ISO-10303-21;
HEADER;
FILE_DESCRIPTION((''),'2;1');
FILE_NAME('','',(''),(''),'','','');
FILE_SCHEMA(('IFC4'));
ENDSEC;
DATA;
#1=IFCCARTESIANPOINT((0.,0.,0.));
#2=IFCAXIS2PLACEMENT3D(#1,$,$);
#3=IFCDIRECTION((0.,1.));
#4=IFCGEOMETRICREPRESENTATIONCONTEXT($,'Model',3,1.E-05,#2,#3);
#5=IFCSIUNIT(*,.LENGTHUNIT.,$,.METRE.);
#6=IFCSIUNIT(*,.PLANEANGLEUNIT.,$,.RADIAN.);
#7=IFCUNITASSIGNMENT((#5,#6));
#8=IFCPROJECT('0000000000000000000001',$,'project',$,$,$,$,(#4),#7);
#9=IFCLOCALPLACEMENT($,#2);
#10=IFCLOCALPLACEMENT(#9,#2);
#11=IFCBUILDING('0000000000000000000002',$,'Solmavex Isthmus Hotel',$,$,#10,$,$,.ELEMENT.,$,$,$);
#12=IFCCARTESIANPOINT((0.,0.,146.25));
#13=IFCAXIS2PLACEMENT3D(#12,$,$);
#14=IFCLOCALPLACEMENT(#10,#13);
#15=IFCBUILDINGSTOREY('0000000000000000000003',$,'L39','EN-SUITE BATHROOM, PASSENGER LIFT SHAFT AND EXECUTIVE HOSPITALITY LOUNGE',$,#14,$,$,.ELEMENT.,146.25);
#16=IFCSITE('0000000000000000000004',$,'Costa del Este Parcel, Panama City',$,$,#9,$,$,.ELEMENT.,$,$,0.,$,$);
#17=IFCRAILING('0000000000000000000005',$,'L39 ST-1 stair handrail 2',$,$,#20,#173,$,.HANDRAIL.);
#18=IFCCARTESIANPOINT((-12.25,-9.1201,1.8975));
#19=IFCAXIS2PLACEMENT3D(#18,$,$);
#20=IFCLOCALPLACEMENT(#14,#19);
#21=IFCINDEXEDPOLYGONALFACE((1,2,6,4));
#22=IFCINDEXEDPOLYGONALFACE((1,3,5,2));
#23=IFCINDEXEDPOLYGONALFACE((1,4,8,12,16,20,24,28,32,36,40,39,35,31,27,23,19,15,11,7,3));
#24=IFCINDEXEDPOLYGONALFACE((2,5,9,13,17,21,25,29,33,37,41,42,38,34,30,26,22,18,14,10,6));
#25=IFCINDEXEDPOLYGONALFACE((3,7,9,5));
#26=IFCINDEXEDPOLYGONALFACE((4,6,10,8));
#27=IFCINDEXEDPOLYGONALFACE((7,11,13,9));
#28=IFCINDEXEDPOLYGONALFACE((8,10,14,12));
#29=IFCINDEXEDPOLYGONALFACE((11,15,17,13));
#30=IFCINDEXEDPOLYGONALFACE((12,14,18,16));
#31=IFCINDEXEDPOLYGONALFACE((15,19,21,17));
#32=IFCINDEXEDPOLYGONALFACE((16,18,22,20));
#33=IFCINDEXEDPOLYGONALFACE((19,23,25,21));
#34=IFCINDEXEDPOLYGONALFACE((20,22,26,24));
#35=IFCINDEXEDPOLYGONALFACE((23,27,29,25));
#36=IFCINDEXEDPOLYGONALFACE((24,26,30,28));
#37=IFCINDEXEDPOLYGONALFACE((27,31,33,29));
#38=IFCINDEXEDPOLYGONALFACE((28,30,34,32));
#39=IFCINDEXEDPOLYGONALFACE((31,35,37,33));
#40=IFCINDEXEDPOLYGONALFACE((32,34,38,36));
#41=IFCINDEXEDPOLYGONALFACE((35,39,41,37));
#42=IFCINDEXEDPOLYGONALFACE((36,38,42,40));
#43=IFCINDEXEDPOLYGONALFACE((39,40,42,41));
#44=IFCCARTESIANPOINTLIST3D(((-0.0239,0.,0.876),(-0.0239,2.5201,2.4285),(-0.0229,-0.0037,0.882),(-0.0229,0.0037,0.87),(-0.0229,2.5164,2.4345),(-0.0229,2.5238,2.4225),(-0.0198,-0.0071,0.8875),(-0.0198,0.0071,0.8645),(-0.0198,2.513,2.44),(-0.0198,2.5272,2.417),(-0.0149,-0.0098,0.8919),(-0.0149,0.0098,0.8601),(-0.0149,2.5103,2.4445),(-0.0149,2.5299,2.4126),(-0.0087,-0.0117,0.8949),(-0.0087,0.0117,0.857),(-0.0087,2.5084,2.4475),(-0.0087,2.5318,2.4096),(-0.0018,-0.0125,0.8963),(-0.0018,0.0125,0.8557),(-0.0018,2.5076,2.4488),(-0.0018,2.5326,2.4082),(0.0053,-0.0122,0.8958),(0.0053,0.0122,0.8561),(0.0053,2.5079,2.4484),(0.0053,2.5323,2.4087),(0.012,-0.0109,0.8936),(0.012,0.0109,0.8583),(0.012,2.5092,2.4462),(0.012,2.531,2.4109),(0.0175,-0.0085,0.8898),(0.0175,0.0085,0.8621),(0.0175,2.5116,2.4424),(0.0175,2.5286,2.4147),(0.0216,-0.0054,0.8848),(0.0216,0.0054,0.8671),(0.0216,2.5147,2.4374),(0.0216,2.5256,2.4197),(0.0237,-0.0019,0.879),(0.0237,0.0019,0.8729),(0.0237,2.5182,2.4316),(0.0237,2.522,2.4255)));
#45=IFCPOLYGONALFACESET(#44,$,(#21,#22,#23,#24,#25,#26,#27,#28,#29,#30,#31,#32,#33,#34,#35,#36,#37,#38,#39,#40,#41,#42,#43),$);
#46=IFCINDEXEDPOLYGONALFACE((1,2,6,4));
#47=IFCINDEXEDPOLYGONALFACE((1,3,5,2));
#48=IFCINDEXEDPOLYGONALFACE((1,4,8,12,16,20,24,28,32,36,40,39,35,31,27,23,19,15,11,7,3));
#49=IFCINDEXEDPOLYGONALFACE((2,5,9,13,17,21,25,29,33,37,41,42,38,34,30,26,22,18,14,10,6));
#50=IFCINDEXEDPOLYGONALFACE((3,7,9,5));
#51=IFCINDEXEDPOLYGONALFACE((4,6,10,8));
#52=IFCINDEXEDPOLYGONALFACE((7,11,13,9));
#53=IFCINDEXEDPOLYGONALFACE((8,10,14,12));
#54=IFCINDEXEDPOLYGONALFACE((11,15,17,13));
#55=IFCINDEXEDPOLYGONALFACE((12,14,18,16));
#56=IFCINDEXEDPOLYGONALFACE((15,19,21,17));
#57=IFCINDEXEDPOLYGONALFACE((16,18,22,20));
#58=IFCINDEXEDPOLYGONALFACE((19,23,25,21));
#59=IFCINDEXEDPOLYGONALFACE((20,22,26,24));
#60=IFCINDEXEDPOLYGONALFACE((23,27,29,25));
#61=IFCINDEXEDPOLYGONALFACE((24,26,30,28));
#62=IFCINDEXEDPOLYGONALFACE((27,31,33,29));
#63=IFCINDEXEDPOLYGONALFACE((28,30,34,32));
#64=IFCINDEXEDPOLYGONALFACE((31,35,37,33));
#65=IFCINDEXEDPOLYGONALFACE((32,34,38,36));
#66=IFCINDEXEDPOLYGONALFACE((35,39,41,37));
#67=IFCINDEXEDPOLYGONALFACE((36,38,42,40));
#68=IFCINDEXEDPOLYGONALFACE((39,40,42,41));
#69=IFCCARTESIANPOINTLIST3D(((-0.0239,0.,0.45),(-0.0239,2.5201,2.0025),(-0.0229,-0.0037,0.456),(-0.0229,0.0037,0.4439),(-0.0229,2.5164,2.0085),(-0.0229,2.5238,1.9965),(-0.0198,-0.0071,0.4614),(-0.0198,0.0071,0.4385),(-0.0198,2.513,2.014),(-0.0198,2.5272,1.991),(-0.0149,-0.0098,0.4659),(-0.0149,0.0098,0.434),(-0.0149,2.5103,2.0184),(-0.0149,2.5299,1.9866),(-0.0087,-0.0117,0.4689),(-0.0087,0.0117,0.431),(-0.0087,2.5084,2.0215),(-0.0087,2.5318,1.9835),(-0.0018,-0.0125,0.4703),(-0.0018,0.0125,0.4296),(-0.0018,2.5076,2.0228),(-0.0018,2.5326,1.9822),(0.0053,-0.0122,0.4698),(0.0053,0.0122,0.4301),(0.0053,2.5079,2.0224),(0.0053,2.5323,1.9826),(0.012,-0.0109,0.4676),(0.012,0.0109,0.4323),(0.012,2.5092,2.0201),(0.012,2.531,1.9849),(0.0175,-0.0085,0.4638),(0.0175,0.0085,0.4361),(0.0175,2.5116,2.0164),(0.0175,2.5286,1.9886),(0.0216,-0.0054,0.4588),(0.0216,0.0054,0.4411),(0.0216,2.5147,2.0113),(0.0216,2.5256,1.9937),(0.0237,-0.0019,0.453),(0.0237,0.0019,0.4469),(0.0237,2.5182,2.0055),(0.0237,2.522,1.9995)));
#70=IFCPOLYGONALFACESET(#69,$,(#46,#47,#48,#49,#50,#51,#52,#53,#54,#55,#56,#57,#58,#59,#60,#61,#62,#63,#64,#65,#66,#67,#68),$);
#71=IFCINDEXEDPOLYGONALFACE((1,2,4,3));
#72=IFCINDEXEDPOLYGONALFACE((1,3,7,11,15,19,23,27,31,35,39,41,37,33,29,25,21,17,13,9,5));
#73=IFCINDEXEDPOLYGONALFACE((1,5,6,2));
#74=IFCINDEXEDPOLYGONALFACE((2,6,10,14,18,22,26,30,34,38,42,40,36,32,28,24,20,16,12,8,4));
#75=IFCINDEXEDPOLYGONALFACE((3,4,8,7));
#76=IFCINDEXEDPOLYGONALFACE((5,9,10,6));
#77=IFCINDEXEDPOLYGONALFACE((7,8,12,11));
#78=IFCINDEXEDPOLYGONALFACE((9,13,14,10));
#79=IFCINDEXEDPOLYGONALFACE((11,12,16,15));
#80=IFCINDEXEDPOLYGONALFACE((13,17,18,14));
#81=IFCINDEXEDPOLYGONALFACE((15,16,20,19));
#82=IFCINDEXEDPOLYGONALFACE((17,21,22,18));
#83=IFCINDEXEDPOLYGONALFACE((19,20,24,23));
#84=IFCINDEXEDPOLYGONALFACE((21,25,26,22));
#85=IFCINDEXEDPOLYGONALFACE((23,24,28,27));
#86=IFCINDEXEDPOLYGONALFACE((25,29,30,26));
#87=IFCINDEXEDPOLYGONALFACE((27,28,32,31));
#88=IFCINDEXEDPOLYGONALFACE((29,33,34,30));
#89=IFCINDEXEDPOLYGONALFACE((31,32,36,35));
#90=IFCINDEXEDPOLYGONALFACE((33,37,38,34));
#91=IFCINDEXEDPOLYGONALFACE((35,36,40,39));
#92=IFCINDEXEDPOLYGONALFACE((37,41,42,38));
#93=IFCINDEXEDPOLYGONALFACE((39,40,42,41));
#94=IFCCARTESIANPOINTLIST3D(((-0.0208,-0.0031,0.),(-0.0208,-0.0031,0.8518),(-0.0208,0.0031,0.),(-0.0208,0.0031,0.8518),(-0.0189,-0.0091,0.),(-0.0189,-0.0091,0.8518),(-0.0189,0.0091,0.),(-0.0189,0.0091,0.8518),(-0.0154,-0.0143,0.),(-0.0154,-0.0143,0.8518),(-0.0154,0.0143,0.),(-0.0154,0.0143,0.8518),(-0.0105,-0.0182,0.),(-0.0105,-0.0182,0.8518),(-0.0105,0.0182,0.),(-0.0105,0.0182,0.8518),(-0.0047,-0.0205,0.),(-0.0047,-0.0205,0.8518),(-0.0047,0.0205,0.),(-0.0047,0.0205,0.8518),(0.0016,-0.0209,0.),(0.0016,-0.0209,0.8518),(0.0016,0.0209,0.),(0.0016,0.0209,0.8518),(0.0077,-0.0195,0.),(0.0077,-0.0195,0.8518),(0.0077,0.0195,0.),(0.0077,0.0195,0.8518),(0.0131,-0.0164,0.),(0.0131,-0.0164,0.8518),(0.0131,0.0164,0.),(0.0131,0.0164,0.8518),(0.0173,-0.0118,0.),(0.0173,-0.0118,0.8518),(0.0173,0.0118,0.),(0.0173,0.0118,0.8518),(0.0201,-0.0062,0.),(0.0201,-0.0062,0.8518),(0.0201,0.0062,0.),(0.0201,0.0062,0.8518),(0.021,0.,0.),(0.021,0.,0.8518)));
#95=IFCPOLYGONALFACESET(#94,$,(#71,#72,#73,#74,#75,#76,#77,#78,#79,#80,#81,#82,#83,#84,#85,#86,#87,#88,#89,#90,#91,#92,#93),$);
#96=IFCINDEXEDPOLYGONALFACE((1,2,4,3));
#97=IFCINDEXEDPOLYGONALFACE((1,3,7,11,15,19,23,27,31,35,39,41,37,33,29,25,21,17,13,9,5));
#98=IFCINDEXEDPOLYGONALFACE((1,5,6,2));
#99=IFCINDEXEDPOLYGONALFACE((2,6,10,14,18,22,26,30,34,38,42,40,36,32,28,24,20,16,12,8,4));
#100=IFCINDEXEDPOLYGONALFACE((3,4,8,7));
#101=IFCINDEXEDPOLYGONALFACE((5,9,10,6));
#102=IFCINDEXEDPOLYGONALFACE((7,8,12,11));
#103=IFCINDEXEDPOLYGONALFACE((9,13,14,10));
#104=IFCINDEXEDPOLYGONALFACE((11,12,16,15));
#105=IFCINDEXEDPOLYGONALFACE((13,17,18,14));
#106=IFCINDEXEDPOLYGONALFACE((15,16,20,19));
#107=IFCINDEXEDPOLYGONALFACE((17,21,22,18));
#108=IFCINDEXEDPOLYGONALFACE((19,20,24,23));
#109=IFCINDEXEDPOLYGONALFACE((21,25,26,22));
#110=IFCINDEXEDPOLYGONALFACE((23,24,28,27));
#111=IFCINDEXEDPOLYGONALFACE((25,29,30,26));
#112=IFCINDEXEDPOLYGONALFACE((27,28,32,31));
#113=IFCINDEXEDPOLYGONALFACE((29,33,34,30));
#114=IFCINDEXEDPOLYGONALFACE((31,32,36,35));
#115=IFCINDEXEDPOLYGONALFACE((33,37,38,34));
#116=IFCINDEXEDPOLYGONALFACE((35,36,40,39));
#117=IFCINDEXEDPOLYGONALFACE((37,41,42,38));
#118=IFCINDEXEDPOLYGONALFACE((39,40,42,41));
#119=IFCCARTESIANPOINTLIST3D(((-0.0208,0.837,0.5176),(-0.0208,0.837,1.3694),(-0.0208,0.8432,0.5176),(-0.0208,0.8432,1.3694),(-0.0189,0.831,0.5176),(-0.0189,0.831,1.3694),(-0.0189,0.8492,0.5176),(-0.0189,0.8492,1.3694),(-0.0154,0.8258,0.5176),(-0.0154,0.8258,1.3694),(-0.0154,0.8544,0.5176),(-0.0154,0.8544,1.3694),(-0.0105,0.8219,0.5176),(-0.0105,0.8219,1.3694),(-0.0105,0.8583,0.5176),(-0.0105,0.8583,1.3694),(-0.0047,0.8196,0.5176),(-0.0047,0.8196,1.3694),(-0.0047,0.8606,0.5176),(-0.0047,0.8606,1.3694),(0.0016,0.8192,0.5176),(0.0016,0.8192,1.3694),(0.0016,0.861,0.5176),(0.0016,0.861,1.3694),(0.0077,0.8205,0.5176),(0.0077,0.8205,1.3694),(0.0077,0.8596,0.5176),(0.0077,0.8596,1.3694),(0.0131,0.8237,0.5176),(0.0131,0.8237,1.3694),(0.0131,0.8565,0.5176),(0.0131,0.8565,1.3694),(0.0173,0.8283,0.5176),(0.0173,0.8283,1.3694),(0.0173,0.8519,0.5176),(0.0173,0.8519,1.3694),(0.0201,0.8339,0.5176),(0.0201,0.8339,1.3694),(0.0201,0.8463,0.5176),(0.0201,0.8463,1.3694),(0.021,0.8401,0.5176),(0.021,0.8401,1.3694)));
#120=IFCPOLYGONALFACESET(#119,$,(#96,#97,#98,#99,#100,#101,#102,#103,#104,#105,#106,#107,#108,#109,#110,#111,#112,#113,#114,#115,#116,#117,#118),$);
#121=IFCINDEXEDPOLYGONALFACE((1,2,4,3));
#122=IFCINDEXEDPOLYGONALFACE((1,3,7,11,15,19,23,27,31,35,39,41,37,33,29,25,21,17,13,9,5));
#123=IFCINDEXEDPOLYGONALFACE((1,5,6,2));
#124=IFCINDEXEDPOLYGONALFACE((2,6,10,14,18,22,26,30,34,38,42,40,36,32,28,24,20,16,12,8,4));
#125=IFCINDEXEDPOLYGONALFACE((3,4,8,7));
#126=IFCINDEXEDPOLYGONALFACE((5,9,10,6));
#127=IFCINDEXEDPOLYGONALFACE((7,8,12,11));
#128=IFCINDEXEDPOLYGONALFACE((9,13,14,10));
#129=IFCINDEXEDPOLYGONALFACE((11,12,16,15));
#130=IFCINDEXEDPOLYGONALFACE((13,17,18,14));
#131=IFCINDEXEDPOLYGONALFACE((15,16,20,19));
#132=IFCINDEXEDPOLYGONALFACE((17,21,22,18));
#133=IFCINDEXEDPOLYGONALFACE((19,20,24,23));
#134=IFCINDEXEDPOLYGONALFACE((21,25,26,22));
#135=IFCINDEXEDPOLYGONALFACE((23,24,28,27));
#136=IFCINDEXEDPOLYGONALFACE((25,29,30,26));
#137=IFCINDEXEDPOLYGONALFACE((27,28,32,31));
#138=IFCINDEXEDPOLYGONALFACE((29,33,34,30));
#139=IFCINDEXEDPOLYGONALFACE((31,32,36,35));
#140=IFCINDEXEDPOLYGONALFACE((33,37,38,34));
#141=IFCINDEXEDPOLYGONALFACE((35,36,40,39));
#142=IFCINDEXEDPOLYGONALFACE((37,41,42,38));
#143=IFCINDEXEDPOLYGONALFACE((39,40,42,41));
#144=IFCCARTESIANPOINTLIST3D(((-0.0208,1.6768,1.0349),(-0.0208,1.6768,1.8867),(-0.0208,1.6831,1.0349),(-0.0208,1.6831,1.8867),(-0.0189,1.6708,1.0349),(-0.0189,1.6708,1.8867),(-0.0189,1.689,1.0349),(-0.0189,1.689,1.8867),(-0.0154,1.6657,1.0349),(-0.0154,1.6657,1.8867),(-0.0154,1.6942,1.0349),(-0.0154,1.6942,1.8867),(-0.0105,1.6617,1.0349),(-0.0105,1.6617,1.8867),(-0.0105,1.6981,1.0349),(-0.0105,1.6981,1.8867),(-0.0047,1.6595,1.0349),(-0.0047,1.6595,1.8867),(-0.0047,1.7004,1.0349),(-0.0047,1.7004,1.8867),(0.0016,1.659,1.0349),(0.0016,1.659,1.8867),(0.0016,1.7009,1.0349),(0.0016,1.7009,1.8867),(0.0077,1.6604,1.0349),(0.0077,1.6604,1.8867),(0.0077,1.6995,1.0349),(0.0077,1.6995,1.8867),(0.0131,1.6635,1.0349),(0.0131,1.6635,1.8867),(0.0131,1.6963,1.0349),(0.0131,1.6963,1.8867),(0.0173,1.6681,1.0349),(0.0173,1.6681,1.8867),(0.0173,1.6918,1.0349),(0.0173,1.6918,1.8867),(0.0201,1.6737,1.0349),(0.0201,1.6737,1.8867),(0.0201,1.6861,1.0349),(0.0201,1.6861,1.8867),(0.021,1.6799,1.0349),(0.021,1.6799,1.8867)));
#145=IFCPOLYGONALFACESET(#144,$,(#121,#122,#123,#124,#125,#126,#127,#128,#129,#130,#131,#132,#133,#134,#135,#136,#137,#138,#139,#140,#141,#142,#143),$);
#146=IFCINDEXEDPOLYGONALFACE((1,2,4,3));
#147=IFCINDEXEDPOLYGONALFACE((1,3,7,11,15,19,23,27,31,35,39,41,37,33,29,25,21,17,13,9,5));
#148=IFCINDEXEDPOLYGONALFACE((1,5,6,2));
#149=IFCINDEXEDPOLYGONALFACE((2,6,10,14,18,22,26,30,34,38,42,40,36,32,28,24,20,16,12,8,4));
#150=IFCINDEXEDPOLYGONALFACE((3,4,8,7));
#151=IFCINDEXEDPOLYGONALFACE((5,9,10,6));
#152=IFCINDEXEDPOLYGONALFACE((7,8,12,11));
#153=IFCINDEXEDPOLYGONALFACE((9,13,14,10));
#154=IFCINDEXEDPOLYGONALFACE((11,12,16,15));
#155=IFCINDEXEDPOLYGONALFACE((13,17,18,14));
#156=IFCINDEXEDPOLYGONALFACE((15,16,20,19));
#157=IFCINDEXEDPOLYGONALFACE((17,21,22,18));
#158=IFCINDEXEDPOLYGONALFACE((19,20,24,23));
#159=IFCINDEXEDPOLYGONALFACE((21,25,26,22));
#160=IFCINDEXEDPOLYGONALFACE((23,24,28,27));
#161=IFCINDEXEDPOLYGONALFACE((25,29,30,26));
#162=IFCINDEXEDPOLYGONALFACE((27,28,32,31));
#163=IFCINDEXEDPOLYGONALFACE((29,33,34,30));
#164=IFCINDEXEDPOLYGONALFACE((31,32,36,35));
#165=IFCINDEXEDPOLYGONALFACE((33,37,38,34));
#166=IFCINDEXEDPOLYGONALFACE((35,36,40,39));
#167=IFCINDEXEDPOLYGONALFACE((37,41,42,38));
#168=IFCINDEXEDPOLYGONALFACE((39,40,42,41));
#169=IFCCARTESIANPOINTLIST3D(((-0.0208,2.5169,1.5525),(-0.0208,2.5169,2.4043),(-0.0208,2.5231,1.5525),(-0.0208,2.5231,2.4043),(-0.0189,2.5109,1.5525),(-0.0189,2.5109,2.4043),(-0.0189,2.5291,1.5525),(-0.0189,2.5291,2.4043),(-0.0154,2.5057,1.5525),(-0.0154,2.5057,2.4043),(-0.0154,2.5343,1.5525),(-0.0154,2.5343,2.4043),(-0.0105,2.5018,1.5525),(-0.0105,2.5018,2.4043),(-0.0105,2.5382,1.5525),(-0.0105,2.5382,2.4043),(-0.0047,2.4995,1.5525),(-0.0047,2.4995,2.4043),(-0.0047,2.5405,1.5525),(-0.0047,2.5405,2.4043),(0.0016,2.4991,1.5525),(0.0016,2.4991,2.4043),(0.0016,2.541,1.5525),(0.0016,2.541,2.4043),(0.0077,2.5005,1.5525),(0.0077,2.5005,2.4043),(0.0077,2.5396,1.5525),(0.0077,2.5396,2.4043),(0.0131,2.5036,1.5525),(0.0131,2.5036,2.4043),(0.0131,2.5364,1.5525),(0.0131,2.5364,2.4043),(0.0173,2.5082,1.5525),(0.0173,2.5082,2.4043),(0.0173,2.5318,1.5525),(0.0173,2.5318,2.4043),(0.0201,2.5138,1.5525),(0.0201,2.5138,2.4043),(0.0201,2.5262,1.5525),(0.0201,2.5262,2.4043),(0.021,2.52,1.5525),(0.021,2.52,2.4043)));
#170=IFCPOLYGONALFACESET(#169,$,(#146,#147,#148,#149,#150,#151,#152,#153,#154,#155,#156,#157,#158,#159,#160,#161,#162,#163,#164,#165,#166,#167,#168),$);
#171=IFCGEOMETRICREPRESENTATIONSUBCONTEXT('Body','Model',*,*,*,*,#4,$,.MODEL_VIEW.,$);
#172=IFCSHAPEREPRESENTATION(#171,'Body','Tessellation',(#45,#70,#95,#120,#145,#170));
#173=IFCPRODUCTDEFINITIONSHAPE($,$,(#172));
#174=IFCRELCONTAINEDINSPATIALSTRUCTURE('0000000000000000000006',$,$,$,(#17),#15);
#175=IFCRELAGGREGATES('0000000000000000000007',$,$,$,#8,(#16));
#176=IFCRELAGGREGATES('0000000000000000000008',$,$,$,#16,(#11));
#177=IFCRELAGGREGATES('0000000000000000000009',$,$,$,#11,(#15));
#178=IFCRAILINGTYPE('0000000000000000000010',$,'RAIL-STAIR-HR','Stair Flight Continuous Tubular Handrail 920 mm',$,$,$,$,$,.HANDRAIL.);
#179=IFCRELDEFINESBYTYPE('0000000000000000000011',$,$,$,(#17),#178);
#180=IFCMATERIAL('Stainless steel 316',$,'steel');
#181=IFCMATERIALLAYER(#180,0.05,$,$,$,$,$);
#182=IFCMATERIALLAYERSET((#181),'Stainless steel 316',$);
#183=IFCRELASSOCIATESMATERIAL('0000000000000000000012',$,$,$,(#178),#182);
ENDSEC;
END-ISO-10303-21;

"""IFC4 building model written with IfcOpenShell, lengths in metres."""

from ifc_helpers import new_model, si_unit, direction, frame, origin, origin_2d, place, context, subcontext, project, spatial, circle, extrude, material, layer, layer_set, type_object, element, save


model = new_model("IFC4")

# Units and contexts
model_context = context("Model", 3, precision=1e-05, world=origin(), true_north=direction((0.0, 1.0)))
body_context = subcontext(model_context, "Body", "Model", "MODEL_VIEW")
ifc_project = project(units=[si_unit("LENGTHUNIT", "METRE"), si_unit("PLANEANGLEUNIT", "RADIAN")], contexts=[model_context])

# Site, building, storey
site_placement = place(None, origin())
site = spatial("IfcSite", under=ifc_project, at=site_placement, Name="Costa del Este Parcel, Panama City", CompositionType="ELEMENT", RefElevation=0.0)
building_placement = place(site_placement, origin())
building = spatial("IfcBuilding", under=site, at=building_placement, Name="Solmavex Isthmus Hotel", CompositionType="ELEMENT")
storey_placement = place(building_placement, frame((0.0, 0.0, 146.25)))
storey = spatial("IfcBuildingStorey", under=building, at=storey_placement, Name="L39", Description="EN-SUITE BATHROOM, PASSENGER LIFT SHAFT AND EXECUTIVE HOSPITALITY LOUNGE", CompositionType="ELEMENT", Elevation=146.25)

# Railing
ifc_material_1 = material(Name="Stainless steel 316", Category="steel")
ifc_layer_1 = layer(ifc_material_1, 0.05)
ifc_layer_set_1 = layer_set([ifc_layer_1], Name="Stainless steel 316")
railing_type_1 = type_object("IfcRailingType", Name="RAIL-STAIR-HR", Description="Stair Flight Continuous Tubular Handrail 920 mm", PredefinedType="HANDRAIL", material=ifc_layer_set_1)
railing_1_placement = place(storey_placement, frame((-12.25, -9.1201, 1.8975)))
element("IfcRailing", 1, at=railing_1_placement, inside=storey, type_object=railing_type_1, Name="L39 ST-1 stair handrail 2", PredefinedType="HANDRAIL", context=body_context, shape_type="SweptSolid", body=[
    extrude(circle(Radius=0.0239, at=origin_2d()), frame((0.0, 0.0, 0.876), z_axis=(0.0, 0.8514, 0.524516), x_axis=(-1.0, 0.0, 0.0)), (0.0, 0.0, 1.0), 2.96),
    extrude(circle(Radius=0.0239, at=origin_2d()), frame((0.0, 0.0, 0.45), z_axis=(0.0, 0.8514, 0.524516), x_axis=(-1.0, 0.0, 0.0)), (0.0, 0.0, 1.0), 2.96),
    extrude(circle(Radius=0.021, at=origin_2d()), origin(), (0.0, 0.0, 1.0), 0.8518),
    extrude(circle(Radius=0.021, at=origin_2d()), frame((0.0, 0.8401, 0.5176)), (0.0, 0.0, 1.0), 0.8518),
    extrude(circle(Radius=0.021, at=origin_2d()), frame((0.0, 1.6799, 1.0349)), (0.0, 0.0, 1.0), 0.8518),
    extrude(circle(Radius=0.021, at=origin_2d()), frame((0.0, 2.52, 1.5525)), (0.0, 0.0, 1.0), 0.8518),
])

save(model, "model.ifc")
